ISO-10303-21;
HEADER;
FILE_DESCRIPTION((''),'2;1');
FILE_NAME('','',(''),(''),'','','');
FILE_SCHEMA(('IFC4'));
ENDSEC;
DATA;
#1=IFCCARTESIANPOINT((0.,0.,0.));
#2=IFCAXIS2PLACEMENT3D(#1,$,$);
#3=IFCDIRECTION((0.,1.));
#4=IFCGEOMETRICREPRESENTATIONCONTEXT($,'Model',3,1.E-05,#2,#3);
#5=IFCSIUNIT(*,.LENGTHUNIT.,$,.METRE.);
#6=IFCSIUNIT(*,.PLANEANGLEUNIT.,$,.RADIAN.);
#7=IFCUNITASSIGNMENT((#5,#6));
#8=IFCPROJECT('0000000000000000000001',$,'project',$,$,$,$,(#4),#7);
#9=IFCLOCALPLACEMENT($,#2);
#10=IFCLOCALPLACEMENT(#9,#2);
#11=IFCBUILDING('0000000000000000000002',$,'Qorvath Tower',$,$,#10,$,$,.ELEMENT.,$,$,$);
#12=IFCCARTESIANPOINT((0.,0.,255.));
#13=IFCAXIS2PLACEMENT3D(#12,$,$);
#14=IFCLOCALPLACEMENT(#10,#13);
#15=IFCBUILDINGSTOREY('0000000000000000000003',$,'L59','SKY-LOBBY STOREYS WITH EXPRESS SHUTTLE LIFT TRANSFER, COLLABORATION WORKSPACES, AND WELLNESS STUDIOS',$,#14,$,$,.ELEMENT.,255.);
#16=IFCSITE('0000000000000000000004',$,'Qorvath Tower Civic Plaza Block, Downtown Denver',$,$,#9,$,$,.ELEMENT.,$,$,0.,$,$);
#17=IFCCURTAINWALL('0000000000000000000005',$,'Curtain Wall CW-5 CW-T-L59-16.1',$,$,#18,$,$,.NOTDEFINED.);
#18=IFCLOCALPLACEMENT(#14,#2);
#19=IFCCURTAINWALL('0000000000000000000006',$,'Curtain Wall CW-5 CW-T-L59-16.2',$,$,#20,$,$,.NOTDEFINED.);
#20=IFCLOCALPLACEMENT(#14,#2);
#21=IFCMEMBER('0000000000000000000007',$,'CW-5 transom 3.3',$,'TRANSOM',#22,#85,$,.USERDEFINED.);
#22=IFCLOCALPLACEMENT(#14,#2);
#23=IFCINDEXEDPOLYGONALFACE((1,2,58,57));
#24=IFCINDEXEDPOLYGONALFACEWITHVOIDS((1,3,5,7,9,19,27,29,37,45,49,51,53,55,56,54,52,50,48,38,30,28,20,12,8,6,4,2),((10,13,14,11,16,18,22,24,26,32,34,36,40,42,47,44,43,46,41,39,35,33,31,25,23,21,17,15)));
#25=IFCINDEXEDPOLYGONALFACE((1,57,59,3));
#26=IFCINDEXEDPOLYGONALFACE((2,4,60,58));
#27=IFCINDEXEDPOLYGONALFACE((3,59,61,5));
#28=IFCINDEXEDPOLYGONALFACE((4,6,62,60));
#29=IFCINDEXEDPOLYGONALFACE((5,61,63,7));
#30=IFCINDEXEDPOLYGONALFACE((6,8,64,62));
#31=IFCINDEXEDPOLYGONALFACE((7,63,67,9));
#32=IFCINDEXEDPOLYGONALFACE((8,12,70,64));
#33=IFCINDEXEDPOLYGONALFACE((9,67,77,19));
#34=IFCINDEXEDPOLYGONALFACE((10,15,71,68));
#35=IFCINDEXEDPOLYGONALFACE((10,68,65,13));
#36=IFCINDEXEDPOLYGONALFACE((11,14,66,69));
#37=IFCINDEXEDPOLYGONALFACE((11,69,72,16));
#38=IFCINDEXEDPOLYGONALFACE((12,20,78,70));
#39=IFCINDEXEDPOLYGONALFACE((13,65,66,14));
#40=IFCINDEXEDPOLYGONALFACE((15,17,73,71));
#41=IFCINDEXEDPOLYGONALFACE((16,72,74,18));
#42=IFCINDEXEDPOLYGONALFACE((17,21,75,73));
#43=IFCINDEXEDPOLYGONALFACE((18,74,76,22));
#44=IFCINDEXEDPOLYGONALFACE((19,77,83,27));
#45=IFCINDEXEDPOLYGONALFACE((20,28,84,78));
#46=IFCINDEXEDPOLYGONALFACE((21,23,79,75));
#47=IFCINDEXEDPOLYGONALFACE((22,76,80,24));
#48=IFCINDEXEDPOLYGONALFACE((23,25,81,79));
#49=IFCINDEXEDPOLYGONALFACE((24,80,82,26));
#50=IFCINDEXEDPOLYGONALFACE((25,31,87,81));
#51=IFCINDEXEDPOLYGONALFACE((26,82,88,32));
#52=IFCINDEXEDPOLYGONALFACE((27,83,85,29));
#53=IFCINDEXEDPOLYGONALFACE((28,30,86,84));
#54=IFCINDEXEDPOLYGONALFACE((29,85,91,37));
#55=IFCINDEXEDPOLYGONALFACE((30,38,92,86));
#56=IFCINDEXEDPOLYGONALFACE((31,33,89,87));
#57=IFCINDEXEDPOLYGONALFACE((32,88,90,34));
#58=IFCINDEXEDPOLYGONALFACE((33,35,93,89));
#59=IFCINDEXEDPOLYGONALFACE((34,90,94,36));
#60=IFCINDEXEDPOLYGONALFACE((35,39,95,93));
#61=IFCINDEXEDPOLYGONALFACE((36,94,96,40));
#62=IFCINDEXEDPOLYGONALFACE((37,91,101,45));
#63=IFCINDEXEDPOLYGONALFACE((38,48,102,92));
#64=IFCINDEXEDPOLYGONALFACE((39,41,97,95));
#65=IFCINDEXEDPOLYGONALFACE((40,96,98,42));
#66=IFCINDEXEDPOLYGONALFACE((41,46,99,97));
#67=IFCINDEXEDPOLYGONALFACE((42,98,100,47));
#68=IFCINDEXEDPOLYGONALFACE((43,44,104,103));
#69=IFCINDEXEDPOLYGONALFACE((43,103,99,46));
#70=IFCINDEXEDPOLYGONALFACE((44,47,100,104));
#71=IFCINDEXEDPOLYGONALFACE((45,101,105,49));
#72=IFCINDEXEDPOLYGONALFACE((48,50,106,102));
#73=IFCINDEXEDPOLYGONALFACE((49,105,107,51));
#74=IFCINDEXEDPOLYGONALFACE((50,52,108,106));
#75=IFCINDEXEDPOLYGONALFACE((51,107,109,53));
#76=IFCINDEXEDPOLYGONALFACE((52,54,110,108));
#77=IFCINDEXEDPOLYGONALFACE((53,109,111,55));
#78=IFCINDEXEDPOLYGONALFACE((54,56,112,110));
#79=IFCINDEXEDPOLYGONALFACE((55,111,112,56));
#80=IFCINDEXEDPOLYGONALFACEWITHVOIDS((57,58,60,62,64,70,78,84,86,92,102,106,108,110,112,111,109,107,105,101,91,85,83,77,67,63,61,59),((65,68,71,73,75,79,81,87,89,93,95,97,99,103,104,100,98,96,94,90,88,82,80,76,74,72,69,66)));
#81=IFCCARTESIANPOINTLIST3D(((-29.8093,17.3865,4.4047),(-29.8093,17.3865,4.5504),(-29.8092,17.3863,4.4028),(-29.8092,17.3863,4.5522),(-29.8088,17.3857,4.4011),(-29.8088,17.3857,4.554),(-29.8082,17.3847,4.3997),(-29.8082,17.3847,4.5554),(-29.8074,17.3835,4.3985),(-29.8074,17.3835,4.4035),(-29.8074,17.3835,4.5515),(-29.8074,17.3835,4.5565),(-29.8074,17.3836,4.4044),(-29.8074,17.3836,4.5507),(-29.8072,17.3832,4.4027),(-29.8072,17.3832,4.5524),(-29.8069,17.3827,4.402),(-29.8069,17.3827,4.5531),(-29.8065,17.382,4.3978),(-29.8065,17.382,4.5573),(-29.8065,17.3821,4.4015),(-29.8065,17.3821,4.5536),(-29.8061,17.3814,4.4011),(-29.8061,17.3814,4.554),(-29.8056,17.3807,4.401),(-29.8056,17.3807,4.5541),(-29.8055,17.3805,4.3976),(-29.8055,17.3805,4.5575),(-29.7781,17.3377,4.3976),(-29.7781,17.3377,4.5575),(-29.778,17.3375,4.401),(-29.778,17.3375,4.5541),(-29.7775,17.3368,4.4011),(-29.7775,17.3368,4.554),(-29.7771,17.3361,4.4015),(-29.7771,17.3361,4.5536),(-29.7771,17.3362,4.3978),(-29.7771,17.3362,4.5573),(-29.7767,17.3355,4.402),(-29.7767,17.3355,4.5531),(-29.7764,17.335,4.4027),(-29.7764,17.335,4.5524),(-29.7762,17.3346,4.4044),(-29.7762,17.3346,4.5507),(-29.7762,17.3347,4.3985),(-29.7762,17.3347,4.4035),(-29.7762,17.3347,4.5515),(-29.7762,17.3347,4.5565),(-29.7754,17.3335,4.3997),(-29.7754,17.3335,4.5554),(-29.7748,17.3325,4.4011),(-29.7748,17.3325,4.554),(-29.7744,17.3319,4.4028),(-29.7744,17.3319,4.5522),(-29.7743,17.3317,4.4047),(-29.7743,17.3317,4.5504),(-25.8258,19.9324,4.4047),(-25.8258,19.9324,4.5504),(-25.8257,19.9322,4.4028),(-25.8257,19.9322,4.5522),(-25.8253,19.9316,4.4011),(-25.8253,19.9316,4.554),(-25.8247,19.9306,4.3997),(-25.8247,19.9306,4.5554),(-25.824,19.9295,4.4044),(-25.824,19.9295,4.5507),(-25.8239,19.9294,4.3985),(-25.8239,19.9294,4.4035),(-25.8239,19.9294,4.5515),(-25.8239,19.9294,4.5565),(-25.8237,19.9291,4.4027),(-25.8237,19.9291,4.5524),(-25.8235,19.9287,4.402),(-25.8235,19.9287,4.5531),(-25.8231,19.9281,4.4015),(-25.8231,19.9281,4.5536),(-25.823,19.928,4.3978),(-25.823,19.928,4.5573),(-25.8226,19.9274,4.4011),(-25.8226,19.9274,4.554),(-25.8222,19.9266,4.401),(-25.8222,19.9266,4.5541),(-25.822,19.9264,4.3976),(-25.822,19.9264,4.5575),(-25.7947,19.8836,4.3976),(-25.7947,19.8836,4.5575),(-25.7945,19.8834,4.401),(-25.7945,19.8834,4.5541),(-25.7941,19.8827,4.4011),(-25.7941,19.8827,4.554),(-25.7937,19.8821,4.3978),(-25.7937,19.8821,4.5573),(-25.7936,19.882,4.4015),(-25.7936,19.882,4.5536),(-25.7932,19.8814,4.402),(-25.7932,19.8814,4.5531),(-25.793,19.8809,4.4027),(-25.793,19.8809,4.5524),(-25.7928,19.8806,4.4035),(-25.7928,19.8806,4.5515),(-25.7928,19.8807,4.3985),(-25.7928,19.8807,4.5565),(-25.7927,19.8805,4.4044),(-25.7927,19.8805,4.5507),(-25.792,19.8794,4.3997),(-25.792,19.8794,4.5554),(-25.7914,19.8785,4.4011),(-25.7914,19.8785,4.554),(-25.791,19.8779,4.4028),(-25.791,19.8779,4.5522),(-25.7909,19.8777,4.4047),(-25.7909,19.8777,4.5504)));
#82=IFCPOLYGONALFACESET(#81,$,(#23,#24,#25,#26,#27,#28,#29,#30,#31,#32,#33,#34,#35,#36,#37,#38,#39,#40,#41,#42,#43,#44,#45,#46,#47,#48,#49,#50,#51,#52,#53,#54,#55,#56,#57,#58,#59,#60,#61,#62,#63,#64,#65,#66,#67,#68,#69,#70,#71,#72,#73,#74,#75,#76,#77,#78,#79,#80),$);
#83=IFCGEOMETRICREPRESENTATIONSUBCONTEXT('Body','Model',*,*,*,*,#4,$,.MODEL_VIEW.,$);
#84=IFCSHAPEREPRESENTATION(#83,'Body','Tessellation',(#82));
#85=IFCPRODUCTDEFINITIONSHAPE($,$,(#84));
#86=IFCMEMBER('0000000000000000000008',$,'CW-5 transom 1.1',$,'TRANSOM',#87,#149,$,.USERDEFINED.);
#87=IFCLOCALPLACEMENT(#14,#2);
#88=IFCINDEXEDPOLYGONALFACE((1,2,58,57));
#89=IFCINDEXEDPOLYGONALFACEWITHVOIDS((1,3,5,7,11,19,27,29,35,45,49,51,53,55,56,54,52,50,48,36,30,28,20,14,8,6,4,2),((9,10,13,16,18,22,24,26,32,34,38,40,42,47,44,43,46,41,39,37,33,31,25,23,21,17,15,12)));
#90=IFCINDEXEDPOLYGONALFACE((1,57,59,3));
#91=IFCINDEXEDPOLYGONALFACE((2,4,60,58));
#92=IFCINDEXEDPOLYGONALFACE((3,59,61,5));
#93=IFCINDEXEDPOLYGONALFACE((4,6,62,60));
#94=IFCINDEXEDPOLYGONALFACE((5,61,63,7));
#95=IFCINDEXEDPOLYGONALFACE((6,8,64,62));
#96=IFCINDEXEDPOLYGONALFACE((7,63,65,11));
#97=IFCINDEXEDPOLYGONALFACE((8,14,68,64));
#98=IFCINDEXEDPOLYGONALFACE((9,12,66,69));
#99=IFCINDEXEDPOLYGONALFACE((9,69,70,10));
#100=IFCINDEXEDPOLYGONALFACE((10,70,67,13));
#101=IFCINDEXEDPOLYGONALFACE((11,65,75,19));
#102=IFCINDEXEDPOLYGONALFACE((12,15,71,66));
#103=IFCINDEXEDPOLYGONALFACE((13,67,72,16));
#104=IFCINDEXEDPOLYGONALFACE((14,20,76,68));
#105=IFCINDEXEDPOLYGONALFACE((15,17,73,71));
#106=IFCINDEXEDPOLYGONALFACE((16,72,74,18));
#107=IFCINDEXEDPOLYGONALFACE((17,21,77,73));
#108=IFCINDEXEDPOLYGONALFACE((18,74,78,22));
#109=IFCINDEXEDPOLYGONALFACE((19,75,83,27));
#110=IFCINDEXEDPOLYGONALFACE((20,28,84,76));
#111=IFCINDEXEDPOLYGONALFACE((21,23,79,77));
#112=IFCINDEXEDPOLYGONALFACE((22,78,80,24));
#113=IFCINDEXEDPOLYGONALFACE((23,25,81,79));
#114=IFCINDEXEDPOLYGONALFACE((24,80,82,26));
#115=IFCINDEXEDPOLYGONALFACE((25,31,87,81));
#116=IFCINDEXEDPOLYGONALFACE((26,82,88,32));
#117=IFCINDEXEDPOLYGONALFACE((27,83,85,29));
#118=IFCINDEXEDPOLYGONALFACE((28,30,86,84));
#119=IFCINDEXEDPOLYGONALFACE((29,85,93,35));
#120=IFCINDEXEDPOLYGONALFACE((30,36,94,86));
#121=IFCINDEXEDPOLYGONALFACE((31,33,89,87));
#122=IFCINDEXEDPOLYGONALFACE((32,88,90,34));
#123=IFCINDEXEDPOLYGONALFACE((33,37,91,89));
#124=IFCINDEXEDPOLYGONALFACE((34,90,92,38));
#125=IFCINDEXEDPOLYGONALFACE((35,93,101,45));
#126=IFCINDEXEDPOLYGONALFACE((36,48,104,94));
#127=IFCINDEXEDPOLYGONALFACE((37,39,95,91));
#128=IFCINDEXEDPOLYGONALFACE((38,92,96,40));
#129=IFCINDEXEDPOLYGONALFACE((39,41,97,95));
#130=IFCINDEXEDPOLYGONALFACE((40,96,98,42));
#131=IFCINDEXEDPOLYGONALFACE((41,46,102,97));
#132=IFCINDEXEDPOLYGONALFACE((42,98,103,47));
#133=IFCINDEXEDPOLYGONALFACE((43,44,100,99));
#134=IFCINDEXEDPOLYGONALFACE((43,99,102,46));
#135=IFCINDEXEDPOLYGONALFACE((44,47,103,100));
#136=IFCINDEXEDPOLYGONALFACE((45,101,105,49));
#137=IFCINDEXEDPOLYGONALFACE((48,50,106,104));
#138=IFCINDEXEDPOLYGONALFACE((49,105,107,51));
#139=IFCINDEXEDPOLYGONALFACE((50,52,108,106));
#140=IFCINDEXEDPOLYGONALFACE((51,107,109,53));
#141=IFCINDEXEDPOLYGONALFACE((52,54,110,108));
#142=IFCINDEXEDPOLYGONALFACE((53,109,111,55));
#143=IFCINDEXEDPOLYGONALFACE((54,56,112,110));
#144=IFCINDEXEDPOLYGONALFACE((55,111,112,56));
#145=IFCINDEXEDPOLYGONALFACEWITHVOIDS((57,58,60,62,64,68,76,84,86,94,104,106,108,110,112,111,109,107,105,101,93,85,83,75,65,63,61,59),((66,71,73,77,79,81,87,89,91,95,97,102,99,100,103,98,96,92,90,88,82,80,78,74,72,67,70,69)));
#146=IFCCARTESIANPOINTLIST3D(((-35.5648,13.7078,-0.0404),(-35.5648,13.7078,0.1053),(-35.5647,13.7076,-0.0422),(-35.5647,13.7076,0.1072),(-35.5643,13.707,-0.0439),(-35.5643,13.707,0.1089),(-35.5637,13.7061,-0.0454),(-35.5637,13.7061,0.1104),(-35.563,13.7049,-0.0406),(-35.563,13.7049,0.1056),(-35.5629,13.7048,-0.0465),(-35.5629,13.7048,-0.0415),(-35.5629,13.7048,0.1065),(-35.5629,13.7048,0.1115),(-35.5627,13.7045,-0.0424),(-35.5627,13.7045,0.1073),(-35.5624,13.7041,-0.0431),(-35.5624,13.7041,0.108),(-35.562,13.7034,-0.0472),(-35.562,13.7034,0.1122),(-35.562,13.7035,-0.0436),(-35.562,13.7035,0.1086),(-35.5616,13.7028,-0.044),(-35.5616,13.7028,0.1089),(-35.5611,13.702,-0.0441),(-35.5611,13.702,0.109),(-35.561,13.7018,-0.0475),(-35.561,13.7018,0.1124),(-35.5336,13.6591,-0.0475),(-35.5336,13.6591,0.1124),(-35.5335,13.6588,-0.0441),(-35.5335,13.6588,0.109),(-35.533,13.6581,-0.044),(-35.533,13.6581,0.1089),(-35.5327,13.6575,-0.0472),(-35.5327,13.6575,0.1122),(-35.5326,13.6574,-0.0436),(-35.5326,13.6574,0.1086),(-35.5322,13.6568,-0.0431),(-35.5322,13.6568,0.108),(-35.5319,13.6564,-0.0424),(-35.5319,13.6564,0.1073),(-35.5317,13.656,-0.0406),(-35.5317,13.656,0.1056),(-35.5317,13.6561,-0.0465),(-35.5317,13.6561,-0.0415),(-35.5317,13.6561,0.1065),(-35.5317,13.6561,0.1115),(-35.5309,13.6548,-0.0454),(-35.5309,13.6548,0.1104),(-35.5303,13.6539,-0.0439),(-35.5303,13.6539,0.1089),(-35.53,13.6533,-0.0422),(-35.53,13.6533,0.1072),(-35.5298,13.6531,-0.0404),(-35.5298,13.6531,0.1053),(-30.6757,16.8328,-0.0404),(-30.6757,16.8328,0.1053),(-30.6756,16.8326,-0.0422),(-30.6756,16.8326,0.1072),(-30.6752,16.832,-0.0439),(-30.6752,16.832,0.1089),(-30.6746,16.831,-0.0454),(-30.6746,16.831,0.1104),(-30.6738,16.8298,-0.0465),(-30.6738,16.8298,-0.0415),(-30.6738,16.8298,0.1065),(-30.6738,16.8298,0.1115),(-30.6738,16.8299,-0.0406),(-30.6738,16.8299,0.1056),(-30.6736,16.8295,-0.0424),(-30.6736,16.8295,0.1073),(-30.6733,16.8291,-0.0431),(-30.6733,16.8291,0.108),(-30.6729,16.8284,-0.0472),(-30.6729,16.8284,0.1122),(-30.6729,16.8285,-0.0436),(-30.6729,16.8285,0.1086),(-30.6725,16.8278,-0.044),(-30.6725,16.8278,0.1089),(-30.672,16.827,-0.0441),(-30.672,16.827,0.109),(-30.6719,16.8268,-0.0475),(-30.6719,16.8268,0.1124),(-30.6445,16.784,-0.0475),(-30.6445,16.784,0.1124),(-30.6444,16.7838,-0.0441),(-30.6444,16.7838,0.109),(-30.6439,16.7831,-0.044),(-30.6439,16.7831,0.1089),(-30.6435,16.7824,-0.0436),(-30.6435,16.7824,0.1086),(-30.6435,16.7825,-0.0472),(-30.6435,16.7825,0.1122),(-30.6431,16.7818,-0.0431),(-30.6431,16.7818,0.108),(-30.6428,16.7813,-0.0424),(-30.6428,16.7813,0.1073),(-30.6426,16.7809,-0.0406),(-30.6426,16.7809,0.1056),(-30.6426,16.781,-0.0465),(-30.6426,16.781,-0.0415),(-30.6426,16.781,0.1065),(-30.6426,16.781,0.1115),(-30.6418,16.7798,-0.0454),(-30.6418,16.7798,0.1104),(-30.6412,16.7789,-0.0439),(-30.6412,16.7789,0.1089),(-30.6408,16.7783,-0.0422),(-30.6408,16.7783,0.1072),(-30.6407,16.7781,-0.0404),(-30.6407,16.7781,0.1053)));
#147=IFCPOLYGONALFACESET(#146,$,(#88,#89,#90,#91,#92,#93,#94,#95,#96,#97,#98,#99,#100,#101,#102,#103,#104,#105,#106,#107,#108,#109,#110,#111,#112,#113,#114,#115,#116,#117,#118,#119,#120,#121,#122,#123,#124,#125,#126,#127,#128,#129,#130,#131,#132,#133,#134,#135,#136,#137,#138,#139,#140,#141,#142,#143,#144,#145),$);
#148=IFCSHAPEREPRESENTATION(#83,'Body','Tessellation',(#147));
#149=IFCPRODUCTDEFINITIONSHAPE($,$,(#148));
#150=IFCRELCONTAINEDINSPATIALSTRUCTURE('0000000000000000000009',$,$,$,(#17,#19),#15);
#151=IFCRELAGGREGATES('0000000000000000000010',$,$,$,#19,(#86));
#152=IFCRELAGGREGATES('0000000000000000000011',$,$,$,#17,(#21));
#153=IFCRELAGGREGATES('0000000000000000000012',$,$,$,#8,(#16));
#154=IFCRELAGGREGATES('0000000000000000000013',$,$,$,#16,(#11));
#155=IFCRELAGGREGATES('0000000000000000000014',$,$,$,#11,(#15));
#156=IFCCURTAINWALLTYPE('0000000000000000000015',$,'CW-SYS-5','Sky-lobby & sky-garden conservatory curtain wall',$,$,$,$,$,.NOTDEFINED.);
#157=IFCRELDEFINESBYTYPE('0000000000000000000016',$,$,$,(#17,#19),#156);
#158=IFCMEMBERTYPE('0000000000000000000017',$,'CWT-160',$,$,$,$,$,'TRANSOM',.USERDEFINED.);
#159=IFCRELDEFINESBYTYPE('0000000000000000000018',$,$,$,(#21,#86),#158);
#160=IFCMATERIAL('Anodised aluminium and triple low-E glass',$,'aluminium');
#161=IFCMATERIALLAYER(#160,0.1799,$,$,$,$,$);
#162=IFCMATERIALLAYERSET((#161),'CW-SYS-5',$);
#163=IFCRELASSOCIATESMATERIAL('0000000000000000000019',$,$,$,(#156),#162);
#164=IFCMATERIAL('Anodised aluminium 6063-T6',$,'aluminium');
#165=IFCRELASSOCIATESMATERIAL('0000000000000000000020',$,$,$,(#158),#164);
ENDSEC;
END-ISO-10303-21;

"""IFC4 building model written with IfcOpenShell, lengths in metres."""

from ifc_helpers import new_model, si_unit, direction, frame, origin, origin_2d, place, context, subcontext, project, spatial, hollow_rectangle, extrude, material, layer, layer_set, material_profile, profile_set, type_object, element, aggregate, save


model = new_model("IFC4")

# Units and contexts
model_context = context("Model", 3, precision=1e-05, world=origin(), true_north=direction((0.0, 1.0)))
body_context = subcontext(model_context, "Body", "Model", "MODEL_VIEW")
ifc_project = project(units=[si_unit("LENGTHUNIT", "METRE"), si_unit("PLANEANGLEUNIT", "RADIAN")], contexts=[model_context])

# Site, building, storey
site_placement = place(None, origin())
site = spatial("IfcSite", under=ifc_project, at=site_placement, Name="Qorvath Tower Civic Plaza Block, Downtown Denver", CompositionType="ELEMENT", RefElevation=0.0)
building_placement = place(site_placement, origin())
building = spatial("IfcBuilding", under=site, at=building_placement, Name="Qorvath Tower", CompositionType="ELEMENT")
storey_placement = place(building_placement, frame((0.0, 0.0, 255.0)))
storey = spatial("IfcBuildingStorey", under=building, at=storey_placement, Name="L59", Description="SKY-LOBBY STOREYS WITH EXPRESS SHUTTLE LIFT TRANSFER, COLLABORATION WORKSPACES, AND WELLNESS STUDIOS", CompositionType="ELEMENT", Elevation=255.0)

# Curtain wall
ifc_material_1 = material(Name="Anodised aluminium and triple low-E glass", Category="aluminium")
ifc_layer_1 = layer(ifc_material_1, 0.1799)
ifc_layer_set_1 = layer_set([ifc_layer_1], Name="CW-SYS-5")
curtain_wall_type = type_object("IfcCurtainWallType", Name="CW-SYS-5", Description="Sky-lobby & sky-garden conservatory curtain wall", PredefinedType="NOTDEFINED", material=ifc_layer_set_1)
curtain_wall_1_placement = place(storey_placement, origin())
curtain_wall_1 = element("IfcCurtainWall", 1, at=curtain_wall_1_placement, inside=storey, type_object=curtain_wall_type, Name="Curtain Wall CW-5 CW-T-L59-16.1", PredefinedType="NOTDEFINED")

# Curtain wall
curtain_wall_2_placement = place(storey_placement, origin())
curtain_wall_2 = element("IfcCurtainWall", 2, at=curtain_wall_2_placement, inside=storey, type_object=curtain_wall_type, Name="Curtain Wall CW-5 CW-T-L59-16.2", PredefinedType="NOTDEFINED")

# Members
ifc_material_2 = material(Name="Anodised aluminium 6063-T6", Category="aluminium")
ifc_material_profile_1 = material_profile(ifc_material_2, hollow_rectangle(XDim=0.0649, YDim=0.1599, WallThickness=0.0034, InnerFilletRadius=0.0034, OuterFilletRadius=0.0071, at=origin_2d()), Name="CWT 160x65")
ifc_profile_set_1 = profile_set([ifc_material_profile_1], Name="Anodised aluminium 6063-T6")
member_type_1 = type_object("IfcMemberType", Name="CWT-160", ElementType="TRANSOM", PredefinedType="USERDEFINED", material=ifc_profile_set_1)
member_1_placement = place(storey_placement, frame((-25.8083, 19.905, 4.4775), z_axis=(-0.842605, -0.538532, 0.0), x_axis=(0.538532, -0.842605, 0.0)))
member_1 = element("IfcMember", 3, at=member_1_placement, type_object=member_type_1, Name="CW-5 transom 3.3", ObjectType="TRANSOM", PredefinedType="USERDEFINED", context=body_context, shape_type="SweptSolid", body=[
    extrude(hollow_rectangle(XDim=0.0649, YDim=0.1599, WallThickness=0.0034, InnerFilletRadius=0.0034, OuterFilletRadius=0.0071, at=origin_2d()), origin(), (0.0, 0.0, 1.0), 4.7275),
])
member_2_placement = place(storey_placement, frame((-30.6582, 16.8054, 0.0325), z_axis=(-0.842589, -0.538557, 0.0), x_axis=(0.538557, -0.842589, 0.0)))
member_2 = element("IfcMember", 4, at=member_2_placement, type_object=member_type_1, Name="CW-5 transom 1.1", ObjectType="TRANSOM", PredefinedType="USERDEFINED", context=body_context, shape_type="SweptSolid", body=[
    extrude(hollow_rectangle(XDim=0.0649, YDim=0.1599, WallThickness=0.0034, InnerFilletRadius=0.0034, OuterFilletRadius=0.0071, at=origin_2d()), origin(), (0.0, 0.0, 1.0), 5.8025),
])
aggregate(curtain_wall_2, [member_2])

aggregate(curtain_wall_1, [member_1])

save(model, "model.ifc")
